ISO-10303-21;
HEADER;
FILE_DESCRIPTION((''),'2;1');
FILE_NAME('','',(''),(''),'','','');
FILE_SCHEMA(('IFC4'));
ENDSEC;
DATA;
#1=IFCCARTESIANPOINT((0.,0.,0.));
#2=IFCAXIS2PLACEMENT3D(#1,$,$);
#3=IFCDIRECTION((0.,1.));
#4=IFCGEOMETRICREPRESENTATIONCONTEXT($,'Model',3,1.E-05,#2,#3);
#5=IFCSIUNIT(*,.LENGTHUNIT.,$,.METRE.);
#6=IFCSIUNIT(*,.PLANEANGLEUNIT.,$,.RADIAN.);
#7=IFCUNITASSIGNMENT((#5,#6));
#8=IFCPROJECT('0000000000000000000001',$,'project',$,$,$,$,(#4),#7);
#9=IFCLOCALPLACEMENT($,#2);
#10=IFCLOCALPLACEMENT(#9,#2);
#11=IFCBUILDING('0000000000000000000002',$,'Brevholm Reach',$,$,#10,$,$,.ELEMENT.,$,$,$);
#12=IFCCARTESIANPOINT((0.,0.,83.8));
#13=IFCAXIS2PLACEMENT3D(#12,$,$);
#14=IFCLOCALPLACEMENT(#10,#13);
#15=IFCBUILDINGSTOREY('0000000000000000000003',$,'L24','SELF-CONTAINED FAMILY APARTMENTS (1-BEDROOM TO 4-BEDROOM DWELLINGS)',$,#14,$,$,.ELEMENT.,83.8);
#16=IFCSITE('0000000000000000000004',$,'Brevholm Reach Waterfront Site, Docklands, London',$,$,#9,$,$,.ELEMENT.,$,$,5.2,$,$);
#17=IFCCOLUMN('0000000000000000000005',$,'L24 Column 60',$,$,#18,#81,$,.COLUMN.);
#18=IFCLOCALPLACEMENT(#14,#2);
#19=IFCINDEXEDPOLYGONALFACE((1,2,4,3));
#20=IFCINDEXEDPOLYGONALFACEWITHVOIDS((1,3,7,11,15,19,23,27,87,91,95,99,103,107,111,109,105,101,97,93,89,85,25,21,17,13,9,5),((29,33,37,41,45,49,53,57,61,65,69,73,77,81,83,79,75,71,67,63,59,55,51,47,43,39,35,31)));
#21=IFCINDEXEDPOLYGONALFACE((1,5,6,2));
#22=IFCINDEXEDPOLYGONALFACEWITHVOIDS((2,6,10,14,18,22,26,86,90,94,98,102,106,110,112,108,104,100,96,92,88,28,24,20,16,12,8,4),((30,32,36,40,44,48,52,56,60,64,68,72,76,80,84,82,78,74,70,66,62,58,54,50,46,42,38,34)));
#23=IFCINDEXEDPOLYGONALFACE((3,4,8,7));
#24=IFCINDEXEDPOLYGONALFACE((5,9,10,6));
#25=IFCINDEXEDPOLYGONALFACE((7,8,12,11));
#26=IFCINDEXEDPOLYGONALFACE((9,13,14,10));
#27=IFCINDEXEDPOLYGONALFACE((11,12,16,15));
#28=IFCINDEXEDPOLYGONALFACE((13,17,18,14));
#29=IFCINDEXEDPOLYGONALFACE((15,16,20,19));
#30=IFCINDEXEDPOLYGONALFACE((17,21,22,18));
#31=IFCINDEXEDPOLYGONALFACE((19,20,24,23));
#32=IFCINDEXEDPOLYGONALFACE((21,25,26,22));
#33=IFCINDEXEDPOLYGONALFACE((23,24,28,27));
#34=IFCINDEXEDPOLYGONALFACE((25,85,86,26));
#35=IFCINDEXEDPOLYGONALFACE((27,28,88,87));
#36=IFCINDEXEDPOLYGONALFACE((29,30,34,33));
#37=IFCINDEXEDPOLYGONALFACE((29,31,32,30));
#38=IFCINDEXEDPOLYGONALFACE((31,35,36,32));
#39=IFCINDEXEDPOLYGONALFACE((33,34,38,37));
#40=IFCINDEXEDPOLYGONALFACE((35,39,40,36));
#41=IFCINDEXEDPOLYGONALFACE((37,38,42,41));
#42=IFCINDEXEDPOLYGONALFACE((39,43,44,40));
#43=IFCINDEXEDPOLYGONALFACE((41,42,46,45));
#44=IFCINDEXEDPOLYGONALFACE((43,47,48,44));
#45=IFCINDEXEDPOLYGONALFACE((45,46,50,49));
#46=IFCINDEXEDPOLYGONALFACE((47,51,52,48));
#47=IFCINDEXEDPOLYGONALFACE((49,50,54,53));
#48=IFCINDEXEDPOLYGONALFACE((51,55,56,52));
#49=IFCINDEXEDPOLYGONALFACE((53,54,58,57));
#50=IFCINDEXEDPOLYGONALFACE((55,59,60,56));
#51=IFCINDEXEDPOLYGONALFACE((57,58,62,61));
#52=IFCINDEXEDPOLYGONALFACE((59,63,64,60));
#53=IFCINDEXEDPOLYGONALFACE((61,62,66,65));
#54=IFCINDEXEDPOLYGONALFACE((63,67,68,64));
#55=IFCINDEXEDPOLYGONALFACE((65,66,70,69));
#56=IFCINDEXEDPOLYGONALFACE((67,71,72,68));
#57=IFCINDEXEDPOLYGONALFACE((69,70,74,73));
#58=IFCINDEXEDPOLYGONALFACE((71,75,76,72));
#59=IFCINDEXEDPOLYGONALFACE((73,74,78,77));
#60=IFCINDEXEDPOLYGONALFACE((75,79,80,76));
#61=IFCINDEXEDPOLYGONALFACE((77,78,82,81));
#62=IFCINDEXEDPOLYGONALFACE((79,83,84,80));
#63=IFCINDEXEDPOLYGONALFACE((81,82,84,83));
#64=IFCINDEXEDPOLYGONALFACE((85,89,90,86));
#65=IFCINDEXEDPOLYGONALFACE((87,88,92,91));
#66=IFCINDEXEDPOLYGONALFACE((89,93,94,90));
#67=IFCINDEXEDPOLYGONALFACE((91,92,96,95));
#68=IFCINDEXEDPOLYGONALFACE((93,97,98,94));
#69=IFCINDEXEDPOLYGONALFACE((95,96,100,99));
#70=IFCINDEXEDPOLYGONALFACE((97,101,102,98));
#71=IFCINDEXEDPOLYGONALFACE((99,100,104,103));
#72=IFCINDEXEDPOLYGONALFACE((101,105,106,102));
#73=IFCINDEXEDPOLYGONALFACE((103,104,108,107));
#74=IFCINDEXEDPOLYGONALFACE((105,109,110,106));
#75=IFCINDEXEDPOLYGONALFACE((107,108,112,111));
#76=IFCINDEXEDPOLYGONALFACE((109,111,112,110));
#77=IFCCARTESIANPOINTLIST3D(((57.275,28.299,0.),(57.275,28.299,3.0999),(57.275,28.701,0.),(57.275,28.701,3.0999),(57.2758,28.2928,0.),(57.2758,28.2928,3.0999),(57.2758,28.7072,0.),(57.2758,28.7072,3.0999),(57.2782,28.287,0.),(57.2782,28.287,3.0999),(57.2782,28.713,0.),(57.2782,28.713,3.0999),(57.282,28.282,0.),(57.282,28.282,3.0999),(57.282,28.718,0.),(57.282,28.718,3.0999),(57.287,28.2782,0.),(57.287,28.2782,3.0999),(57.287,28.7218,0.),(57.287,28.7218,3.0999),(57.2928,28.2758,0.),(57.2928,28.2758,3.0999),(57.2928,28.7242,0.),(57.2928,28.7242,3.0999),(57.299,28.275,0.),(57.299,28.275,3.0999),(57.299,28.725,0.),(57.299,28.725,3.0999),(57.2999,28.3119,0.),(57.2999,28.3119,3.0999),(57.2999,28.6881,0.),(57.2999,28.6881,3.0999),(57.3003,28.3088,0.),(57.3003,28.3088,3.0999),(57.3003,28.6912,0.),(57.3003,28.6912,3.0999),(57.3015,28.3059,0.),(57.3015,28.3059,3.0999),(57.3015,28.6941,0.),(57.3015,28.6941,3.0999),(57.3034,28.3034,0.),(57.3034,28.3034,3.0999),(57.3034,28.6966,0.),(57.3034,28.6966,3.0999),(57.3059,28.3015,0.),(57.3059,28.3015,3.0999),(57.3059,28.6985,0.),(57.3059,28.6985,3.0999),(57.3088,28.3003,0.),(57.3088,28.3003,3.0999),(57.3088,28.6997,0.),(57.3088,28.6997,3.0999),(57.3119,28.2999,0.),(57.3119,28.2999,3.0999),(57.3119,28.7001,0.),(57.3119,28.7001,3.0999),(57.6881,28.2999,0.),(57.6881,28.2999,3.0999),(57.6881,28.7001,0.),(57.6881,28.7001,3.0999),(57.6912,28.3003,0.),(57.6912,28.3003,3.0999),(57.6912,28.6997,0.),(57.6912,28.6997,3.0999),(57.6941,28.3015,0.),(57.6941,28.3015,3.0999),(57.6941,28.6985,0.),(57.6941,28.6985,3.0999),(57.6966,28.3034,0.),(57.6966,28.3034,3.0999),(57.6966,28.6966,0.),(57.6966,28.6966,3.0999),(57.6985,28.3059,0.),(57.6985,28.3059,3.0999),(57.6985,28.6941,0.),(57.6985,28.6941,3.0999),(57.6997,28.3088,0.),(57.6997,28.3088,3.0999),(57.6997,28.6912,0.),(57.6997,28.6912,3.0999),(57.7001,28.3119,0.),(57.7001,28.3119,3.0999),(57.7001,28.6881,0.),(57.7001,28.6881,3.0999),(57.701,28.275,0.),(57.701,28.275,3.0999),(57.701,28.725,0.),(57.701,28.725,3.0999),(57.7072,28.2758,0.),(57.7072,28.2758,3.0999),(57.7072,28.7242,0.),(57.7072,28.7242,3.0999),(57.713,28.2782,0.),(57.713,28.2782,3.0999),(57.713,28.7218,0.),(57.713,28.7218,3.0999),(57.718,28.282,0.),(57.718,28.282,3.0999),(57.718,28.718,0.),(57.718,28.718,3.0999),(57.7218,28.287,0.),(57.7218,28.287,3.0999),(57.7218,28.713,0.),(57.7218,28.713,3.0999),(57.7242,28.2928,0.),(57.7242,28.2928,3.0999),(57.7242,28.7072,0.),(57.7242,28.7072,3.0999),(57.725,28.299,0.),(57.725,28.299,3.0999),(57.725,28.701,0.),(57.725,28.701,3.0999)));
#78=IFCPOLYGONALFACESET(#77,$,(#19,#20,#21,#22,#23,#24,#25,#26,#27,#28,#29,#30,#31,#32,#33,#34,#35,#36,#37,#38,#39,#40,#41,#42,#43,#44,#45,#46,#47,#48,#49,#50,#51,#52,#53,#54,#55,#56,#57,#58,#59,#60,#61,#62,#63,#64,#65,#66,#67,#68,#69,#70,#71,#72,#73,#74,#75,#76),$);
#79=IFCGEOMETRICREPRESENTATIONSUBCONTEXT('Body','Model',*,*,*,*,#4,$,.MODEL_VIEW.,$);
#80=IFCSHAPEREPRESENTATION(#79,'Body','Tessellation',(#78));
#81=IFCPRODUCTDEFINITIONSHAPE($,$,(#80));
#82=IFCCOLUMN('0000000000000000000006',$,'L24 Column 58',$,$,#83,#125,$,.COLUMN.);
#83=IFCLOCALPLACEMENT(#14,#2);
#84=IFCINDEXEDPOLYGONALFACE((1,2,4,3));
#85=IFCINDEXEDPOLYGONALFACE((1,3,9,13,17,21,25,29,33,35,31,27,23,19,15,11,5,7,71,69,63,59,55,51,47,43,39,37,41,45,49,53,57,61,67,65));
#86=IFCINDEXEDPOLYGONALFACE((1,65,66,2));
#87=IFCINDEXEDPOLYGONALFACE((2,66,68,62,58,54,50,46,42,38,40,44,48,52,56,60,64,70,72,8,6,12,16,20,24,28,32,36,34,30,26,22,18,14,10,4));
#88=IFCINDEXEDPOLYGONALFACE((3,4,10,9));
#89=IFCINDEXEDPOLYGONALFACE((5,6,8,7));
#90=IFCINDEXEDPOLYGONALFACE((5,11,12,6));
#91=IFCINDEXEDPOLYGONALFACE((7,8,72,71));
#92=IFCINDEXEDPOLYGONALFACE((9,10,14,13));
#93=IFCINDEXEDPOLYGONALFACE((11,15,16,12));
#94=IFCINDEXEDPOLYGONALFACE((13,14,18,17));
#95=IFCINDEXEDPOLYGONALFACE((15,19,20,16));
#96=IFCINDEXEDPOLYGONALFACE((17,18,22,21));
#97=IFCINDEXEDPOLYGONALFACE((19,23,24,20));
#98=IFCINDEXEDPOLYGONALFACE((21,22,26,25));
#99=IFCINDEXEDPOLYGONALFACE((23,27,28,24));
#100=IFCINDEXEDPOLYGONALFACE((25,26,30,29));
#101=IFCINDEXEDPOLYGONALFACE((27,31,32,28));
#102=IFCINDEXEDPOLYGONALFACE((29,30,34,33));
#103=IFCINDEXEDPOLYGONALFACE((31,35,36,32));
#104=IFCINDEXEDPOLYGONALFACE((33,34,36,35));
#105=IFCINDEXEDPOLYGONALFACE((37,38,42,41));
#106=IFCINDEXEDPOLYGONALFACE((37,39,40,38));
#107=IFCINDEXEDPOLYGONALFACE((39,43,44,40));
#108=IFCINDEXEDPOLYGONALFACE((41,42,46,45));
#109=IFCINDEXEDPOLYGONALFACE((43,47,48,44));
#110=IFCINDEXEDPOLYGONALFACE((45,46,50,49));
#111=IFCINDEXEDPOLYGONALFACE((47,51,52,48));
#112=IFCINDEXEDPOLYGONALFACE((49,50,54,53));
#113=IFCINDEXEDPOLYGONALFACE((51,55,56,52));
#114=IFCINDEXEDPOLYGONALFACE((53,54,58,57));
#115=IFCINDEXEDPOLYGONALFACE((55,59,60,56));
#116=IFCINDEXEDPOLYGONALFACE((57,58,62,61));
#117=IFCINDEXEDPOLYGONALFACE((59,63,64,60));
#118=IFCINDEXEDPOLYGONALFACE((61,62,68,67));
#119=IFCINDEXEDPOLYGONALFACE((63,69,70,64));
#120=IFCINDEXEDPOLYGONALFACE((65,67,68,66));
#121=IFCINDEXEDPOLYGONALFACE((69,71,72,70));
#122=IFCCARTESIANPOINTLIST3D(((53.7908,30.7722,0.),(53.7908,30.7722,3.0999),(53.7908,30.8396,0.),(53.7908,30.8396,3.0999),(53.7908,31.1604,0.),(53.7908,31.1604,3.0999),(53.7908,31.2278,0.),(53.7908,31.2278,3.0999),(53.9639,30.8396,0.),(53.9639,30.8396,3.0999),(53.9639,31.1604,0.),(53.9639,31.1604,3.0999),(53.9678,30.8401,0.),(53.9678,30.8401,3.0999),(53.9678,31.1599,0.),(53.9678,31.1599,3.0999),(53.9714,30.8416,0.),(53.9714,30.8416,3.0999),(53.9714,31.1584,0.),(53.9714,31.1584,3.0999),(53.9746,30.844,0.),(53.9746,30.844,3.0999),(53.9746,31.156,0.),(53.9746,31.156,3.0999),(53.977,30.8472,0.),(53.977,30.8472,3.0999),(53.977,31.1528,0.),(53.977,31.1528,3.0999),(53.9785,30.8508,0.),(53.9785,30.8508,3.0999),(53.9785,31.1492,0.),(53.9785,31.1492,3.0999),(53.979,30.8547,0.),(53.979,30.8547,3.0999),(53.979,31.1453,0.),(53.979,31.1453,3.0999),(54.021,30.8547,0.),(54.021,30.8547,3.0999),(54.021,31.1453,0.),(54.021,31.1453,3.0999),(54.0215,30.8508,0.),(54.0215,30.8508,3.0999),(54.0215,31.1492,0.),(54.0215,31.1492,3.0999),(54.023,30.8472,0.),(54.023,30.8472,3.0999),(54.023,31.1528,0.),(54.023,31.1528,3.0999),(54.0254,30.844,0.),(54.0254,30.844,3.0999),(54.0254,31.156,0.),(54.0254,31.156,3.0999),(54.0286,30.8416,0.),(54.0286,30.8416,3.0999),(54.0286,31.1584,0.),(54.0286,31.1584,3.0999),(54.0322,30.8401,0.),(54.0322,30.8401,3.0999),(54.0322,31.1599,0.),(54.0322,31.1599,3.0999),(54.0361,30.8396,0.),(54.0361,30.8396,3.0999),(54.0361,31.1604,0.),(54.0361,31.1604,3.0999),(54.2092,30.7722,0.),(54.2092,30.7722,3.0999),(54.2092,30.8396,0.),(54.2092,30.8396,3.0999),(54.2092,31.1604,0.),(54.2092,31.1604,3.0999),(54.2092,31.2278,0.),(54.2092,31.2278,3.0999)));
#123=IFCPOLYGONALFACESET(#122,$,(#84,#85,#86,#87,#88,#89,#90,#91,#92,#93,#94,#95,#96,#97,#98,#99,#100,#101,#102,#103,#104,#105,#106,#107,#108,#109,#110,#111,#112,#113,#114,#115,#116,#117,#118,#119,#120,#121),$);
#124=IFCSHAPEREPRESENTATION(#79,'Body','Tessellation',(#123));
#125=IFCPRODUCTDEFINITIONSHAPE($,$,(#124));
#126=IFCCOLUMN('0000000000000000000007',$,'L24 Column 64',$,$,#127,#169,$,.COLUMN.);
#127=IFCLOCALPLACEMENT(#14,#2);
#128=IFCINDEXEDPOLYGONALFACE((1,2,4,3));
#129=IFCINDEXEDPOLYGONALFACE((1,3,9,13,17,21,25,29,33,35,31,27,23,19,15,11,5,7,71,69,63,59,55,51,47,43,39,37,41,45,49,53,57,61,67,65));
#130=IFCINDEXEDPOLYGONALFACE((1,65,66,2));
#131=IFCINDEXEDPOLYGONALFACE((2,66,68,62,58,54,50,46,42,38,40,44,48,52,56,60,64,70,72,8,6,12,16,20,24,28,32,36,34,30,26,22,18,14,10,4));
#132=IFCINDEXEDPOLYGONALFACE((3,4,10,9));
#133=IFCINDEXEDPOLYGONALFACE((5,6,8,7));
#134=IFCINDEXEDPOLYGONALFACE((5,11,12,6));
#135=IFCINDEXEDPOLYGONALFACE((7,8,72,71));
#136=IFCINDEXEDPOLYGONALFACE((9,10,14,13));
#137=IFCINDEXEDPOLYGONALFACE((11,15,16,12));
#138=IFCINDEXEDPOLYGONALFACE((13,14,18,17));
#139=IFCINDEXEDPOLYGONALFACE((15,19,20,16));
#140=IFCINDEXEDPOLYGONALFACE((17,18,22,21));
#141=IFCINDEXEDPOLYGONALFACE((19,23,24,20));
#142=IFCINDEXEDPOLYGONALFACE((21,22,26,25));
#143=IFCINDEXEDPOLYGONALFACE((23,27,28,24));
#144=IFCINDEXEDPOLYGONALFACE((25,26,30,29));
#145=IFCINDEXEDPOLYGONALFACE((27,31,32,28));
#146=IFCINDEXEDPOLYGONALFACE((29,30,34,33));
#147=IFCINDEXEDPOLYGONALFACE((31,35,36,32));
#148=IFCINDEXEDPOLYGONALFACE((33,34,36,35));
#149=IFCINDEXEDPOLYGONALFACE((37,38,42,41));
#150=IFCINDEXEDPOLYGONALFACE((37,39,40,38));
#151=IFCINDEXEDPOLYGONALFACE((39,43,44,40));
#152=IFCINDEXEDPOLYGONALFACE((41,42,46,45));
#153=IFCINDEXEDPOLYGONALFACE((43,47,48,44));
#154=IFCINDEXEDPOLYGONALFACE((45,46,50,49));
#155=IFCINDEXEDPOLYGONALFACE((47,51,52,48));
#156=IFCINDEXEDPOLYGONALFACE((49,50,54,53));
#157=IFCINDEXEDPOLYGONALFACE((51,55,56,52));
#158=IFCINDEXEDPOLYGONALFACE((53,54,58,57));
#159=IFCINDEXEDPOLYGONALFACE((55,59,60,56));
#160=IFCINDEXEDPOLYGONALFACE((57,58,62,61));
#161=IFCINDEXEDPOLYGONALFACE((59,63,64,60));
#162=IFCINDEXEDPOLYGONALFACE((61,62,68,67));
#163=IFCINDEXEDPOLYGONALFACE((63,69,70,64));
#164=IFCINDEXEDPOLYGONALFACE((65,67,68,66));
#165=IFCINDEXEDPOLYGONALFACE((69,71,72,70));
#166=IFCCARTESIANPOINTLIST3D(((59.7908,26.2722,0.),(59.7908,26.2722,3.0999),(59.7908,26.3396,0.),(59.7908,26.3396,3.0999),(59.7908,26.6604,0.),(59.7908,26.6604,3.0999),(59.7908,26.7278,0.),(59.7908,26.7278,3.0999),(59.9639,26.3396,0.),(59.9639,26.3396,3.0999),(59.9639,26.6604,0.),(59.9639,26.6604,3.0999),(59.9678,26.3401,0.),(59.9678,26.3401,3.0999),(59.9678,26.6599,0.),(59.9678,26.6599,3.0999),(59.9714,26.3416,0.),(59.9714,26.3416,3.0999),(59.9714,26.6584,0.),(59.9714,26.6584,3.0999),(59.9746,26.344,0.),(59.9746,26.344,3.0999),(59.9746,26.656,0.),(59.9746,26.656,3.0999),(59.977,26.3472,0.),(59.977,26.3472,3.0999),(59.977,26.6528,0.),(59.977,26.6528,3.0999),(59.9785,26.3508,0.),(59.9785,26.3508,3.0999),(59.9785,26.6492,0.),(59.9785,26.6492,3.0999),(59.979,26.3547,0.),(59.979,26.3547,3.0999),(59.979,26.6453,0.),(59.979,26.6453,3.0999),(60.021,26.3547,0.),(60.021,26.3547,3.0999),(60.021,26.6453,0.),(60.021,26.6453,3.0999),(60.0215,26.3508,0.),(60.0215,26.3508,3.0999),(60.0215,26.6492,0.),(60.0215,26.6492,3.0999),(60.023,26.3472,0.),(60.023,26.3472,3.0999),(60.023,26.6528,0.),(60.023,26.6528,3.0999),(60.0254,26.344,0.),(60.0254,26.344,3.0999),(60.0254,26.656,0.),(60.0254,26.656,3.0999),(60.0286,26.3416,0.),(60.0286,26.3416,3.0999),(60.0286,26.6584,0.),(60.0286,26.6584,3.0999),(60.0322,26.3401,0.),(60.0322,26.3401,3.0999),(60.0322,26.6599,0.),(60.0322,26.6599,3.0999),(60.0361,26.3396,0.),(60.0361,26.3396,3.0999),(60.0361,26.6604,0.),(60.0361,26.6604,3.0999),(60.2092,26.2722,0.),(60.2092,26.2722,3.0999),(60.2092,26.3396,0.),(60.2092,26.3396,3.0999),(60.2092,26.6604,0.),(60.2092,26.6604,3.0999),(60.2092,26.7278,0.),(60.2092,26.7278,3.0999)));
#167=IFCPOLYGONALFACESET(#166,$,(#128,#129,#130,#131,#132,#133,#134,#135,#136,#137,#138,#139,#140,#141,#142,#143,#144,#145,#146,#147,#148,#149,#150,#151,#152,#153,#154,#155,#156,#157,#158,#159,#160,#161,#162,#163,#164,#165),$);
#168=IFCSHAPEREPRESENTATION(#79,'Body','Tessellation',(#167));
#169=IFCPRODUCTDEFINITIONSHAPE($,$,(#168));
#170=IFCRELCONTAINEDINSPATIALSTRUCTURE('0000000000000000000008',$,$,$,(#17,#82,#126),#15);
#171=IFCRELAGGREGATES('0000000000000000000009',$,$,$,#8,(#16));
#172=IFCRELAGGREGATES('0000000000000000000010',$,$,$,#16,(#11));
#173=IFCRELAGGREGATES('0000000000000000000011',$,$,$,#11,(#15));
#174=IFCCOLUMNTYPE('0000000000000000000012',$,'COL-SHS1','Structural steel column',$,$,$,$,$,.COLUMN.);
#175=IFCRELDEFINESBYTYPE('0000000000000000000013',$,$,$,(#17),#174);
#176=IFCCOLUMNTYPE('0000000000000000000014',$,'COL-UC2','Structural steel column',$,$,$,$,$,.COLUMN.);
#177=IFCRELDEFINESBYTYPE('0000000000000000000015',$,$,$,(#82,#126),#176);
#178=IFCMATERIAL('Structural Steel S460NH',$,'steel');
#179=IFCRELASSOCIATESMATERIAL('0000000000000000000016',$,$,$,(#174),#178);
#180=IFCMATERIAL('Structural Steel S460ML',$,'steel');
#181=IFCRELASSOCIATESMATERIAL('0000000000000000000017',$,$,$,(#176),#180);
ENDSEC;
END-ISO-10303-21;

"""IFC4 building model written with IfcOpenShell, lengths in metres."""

from ifc_helpers import new_model, si_unit, direction, frame, origin, origin_2d, place, context, subcontext, project, spatial, hollow_rectangle, i_section, extrude, material, material_profile, profile_set, type_object, element, save


model = new_model("IFC4")

# Units and contexts
model_context = context("Model", 3, precision=1e-05, world=origin(), true_north=direction((0.0, 1.0)))
body_context = subcontext(model_context, "Body", "Model", "MODEL_VIEW")
ifc_project = project(units=[si_unit("LENGTHUNIT", "METRE"), si_unit("PLANEANGLEUNIT", "RADIAN")], contexts=[model_context])

# Site, building, storey
site_placement = place(None, origin())
site = spatial("IfcSite", under=ifc_project, at=site_placement, Name="Brevholm Reach Waterfront Site, Docklands, London", CompositionType="ELEMENT", RefElevation=5.2)
building_placement = place(site_placement, origin())
building = spatial("IfcBuilding", under=site, at=building_placement, Name="Brevholm Reach", CompositionType="ELEMENT")
storey_placement = place(building_placement, frame((0.0, 0.0, 83.8)))
storey = spatial("IfcBuildingStorey", under=building, at=storey_placement, Name="L24", Description="SELF-CONTAINED FAMILY APARTMENTS (1-BEDROOM TO 4-BEDROOM DWELLINGS)", CompositionType="ELEMENT", Elevation=83.8)

# Columns
ifc_material_1 = material(Name="Structural Steel S460NH", Category="steel")
ifc_material_profile_1 = material_profile(ifc_material_1, hollow_rectangle(XDim=0.45, YDim=0.45, WallThickness=0.0249, InnerFilletRadius=0.012, OuterFilletRadius=0.0239, at=origin_2d()), Name="SHS 450x450x25")
ifc_profile_set_1 = profile_set([ifc_material_profile_1], Name="Structural Steel S460NH")
column_type_1 = type_object("IfcColumnType", Name="COL-SHS1", Description="Structural steel column", PredefinedType="COLUMN", material=ifc_profile_set_1)
column_1_placement = place(storey_placement, frame((57.5, 28.5, 0.0), z_axis=(0.0, 0.0, 1.0), x_axis=(1.0, 0.0, 0.0)))
element("IfcColumn", 1, at=column_1_placement, inside=storey, type_object=column_type_1, Name="L24 Column 60", PredefinedType="COLUMN", context=body_context, shape_type="SweptSolid", body=[
    extrude(hollow_rectangle(XDim=0.45, YDim=0.45, WallThickness=0.0249, InnerFilletRadius=0.012, OuterFilletRadius=0.0239, at=origin_2d()), origin(), (0.0, 0.0, 1.0), 3.0999),
])
ifc_material_2 = material(Name="Structural Steel S460ML", Category="steel")
ifc_material_profile_2 = material_profile(ifc_material_2, i_section(OverallWidth=0.4185, OverallDepth=0.4556, WebThickness=0.042, FlangeThickness=0.0674, FilletRadius=0.0151, at=origin_2d()), Name="UKC 356x406x551")
ifc_profile_set_2 = profile_set([ifc_material_profile_2], Name="Structural Steel S460ML")
column_type_2 = type_object("IfcColumnType", Name="COL-UC2", Description="Structural steel column", PredefinedType="COLUMN", material=ifc_profile_set_2)
for number, where, z_axis, x_axis, name in (
    (2, (54.0, 31.0, 0.0), (0.0, 0.0, 1.0), (1.0, 0.0, 0.0), "L24 Column 58"),
    (3, (60.0, 26.5, 0.0), (0.0, 0.0, 1.0), (1.0, 0.0, 0.0), "L24 Column 64"),
):
    element("IfcColumn", number, at=place(storey_placement, frame(where, z_axis=z_axis, x_axis=x_axis)), inside=storey, type_object=column_type_2, Name=name, PredefinedType="COLUMN", context=body_context, shape_type="SweptSolid", body=[
        extrude(i_section(OverallWidth=0.4185, OverallDepth=0.4556, WebThickness=0.042, FlangeThickness=0.0674, FilletRadius=0.0151, at=origin_2d()), origin(), (0.0, 0.0, 1.0), 3.0999),
    ])

save(model, "model.ifc")
